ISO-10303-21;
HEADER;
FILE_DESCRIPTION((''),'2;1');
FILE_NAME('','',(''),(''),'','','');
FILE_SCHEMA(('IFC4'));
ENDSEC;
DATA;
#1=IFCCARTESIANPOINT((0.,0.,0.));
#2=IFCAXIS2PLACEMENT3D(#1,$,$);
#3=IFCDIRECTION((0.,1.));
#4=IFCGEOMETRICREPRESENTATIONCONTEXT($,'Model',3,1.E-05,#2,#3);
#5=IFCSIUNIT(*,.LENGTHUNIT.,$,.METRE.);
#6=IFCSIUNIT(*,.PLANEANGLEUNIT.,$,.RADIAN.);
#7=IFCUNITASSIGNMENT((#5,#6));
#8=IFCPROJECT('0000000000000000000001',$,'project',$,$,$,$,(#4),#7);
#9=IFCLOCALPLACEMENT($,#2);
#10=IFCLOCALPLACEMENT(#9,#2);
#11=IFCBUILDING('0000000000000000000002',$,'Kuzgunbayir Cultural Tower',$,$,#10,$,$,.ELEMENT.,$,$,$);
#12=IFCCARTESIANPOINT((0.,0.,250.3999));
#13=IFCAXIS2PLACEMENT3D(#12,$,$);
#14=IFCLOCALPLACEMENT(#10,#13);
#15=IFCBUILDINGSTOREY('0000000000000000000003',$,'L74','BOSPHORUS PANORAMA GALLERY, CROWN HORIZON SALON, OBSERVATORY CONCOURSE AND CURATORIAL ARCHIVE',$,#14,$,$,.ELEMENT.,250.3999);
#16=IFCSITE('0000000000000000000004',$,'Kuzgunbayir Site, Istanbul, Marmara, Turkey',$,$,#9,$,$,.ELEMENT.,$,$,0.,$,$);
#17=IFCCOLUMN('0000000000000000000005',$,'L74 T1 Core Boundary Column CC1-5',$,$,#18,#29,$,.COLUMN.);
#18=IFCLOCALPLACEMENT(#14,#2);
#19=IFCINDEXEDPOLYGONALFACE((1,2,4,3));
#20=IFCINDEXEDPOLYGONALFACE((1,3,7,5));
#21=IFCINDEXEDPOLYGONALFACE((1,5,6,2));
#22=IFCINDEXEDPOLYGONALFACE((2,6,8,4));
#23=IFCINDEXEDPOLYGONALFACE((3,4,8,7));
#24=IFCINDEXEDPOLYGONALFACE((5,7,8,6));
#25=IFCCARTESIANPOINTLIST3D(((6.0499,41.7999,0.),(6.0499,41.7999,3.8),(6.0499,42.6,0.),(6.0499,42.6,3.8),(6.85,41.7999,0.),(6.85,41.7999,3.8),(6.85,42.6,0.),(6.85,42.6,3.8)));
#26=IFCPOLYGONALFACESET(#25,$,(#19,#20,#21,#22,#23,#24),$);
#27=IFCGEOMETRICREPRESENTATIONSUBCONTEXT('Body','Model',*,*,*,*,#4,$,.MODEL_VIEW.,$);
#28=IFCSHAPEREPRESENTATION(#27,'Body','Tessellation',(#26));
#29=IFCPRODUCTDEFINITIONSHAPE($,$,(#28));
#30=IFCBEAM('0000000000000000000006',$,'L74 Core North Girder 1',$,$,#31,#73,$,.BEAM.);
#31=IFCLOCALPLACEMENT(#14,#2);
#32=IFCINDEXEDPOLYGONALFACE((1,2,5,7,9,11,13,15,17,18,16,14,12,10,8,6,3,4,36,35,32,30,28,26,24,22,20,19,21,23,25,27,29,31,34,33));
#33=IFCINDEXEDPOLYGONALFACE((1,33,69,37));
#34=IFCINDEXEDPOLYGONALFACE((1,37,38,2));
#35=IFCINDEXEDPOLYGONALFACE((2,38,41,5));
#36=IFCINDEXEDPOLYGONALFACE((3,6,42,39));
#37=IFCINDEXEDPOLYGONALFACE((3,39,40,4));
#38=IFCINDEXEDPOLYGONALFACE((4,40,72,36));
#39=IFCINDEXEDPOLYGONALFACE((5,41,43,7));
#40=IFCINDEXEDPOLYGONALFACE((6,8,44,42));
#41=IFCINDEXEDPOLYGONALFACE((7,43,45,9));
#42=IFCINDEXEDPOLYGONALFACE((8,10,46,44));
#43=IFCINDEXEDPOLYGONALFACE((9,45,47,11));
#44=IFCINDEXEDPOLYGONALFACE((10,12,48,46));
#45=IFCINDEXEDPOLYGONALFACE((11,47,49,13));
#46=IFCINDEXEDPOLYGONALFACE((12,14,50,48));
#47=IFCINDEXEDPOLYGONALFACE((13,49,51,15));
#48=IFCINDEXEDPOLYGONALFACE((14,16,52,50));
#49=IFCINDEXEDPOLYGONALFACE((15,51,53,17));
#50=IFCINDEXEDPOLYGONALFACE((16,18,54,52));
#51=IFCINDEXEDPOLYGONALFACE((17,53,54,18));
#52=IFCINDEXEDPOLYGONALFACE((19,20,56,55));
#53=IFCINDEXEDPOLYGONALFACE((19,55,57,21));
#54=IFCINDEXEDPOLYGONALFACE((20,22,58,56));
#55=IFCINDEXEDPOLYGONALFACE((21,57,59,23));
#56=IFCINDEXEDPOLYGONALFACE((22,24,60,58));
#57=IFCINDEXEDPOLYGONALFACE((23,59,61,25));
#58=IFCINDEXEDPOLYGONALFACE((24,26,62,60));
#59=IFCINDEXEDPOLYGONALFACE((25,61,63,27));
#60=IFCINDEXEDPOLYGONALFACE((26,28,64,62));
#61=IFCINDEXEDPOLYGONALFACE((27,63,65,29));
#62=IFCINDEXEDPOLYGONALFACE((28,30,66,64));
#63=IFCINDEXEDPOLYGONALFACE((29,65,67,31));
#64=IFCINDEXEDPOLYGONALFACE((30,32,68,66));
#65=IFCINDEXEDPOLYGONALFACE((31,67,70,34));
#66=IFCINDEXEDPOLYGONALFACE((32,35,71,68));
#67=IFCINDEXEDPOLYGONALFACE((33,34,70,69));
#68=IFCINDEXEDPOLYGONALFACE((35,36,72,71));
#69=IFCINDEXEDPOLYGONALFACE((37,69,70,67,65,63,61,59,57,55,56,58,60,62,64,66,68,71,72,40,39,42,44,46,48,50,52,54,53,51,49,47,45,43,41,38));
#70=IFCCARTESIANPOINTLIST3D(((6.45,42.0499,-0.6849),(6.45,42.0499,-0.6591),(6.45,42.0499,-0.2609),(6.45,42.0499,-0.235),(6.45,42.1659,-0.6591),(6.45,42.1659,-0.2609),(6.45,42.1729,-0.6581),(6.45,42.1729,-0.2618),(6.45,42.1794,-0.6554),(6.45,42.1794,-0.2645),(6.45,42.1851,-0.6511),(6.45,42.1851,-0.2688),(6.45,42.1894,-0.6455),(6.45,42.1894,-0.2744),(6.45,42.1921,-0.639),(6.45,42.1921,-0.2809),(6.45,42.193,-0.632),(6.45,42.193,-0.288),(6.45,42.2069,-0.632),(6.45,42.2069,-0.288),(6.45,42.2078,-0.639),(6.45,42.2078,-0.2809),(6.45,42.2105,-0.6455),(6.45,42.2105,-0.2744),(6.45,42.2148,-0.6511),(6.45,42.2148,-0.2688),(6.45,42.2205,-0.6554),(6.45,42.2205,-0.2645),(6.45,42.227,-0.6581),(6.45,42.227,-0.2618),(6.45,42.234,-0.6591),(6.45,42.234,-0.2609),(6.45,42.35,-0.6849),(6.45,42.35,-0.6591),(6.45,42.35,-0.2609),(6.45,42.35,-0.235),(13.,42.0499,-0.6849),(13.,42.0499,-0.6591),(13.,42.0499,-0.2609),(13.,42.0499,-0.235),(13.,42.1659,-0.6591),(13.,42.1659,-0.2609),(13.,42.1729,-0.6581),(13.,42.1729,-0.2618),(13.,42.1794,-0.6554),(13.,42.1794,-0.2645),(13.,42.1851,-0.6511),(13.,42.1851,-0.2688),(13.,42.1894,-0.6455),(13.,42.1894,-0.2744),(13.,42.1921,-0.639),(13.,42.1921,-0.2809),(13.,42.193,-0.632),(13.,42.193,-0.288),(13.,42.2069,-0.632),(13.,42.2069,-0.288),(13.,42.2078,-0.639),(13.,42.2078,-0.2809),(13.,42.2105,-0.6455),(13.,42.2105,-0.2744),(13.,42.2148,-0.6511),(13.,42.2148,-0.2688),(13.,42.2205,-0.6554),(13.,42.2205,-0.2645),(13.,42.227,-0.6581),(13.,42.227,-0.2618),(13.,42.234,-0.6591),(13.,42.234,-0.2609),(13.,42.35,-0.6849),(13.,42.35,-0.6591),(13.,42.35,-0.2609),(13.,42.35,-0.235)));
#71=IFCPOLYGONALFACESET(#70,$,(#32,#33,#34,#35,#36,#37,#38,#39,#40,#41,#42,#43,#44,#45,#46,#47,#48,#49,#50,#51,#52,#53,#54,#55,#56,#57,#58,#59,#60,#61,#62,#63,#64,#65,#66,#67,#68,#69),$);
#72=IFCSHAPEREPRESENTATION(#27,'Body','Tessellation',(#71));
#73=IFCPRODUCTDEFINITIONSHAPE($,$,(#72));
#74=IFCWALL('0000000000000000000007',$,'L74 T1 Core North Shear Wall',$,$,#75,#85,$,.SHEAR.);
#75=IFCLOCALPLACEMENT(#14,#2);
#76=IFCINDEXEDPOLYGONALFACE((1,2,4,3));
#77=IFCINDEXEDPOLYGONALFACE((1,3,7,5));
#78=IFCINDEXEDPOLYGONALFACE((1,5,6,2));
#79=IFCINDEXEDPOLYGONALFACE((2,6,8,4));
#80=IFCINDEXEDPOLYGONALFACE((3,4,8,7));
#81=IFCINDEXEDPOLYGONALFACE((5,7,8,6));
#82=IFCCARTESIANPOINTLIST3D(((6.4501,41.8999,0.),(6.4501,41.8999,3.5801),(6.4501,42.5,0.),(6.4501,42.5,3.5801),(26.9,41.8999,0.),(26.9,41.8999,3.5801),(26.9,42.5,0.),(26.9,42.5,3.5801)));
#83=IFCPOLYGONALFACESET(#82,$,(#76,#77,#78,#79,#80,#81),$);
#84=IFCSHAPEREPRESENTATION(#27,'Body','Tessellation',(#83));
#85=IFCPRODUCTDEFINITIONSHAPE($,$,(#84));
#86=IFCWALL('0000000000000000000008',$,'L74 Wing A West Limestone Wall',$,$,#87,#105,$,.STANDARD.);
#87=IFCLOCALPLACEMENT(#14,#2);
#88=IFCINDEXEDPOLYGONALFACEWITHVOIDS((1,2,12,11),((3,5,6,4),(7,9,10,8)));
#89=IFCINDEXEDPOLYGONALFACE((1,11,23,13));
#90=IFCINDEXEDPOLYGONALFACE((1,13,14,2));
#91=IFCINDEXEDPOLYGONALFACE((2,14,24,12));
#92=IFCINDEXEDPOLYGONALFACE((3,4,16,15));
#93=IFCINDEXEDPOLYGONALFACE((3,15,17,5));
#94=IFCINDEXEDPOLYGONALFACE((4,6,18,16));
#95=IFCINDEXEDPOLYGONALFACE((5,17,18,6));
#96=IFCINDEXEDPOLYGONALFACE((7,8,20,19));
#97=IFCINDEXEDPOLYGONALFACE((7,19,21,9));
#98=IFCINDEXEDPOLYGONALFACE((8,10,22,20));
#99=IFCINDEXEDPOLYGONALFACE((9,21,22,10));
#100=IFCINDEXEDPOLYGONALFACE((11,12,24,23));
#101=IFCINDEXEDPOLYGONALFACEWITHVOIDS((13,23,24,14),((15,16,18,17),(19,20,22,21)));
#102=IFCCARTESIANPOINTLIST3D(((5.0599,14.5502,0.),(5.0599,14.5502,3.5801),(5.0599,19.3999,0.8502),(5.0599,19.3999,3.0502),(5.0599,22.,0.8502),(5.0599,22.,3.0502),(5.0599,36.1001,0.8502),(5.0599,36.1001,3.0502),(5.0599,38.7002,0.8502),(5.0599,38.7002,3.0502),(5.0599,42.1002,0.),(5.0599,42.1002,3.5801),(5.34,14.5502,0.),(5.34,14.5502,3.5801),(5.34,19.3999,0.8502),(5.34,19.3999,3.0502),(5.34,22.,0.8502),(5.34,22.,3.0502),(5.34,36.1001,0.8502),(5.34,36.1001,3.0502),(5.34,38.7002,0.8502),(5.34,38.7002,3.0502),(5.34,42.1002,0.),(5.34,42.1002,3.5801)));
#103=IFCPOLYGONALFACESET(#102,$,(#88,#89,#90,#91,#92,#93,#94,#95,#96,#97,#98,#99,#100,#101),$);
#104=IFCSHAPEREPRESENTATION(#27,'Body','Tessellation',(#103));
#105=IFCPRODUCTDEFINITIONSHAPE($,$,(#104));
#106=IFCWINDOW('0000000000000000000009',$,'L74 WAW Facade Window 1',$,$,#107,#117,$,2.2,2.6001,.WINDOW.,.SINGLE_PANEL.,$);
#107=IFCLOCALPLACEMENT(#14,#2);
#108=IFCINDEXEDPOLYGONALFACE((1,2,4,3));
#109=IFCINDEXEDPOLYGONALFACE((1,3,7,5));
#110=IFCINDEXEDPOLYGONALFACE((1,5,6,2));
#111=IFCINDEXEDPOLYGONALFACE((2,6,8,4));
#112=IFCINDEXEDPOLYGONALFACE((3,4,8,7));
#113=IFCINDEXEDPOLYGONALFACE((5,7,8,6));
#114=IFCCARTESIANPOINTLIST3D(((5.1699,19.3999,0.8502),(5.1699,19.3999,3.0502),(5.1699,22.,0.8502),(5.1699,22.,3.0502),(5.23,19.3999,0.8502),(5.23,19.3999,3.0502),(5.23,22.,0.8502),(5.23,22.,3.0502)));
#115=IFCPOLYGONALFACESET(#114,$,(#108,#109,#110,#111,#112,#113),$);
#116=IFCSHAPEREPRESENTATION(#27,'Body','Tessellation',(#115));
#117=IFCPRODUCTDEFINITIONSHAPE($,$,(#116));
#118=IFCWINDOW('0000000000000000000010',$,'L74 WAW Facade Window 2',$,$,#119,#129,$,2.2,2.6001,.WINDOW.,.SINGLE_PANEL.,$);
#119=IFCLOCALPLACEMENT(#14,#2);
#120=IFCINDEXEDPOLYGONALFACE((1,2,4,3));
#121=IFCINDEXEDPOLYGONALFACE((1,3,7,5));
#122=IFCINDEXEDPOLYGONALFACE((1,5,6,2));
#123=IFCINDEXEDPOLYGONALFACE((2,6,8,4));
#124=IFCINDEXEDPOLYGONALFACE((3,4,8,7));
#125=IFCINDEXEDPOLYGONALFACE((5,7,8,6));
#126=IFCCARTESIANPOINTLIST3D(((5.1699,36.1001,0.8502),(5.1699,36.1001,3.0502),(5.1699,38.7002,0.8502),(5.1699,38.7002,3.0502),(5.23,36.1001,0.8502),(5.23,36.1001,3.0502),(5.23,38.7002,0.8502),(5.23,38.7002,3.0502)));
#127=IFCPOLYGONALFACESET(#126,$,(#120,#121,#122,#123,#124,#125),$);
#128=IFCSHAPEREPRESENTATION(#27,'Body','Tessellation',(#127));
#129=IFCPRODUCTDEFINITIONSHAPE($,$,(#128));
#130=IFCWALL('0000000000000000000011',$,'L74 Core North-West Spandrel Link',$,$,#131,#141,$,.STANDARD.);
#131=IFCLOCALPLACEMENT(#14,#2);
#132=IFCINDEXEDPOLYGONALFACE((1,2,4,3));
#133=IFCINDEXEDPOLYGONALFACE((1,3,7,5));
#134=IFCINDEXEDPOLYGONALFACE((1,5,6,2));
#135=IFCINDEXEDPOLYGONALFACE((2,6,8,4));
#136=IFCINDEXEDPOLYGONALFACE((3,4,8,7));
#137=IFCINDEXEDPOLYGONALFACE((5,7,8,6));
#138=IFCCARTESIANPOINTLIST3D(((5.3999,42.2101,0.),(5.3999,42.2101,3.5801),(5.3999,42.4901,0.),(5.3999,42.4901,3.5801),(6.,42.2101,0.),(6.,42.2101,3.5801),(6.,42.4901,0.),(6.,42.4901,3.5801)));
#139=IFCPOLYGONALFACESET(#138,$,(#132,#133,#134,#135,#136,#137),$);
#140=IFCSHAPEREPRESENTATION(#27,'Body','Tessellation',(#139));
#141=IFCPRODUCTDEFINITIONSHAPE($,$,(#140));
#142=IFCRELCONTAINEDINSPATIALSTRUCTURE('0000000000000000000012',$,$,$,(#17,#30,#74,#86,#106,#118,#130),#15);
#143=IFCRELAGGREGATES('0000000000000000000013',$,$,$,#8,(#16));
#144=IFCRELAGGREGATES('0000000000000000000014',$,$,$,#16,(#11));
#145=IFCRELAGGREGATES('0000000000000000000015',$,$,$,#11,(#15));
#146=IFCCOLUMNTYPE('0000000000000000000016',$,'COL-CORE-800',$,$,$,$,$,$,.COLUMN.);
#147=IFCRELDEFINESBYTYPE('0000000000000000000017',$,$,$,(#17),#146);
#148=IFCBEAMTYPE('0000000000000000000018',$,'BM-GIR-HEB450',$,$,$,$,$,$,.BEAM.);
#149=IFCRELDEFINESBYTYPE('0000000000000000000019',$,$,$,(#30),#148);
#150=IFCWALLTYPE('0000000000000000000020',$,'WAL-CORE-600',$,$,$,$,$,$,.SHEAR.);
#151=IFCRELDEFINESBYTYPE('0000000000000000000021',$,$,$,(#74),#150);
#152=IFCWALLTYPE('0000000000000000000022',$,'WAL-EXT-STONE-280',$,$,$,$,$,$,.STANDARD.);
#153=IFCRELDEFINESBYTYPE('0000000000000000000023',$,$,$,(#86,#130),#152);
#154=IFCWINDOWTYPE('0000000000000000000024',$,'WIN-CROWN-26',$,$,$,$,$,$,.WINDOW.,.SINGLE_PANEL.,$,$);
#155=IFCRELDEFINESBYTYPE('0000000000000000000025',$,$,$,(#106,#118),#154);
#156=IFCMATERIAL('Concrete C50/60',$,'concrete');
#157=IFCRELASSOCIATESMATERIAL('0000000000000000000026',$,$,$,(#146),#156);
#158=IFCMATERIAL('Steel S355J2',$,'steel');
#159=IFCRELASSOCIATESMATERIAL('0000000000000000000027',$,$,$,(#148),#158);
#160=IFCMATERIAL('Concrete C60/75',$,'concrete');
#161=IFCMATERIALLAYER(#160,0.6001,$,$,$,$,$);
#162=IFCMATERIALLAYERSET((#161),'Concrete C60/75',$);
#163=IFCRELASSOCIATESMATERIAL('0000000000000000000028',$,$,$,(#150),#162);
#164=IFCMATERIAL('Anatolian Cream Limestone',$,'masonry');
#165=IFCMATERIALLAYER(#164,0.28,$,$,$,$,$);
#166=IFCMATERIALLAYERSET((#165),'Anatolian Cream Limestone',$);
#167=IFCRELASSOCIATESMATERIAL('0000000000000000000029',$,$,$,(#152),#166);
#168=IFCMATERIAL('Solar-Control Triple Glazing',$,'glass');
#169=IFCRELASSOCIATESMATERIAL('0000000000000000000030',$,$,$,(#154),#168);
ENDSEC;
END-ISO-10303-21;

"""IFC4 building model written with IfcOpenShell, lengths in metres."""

from ifc_helpers import new_model, si_unit, direction, frame, frame_2d, origin, origin_2d, place, context, subcontext, project, spatial, rectangle, i_section, extrude, material, layer, layer_set, material_profile, profile_set, type_object, element, fill, save


model = new_model("IFC4")

# Units and contexts
model_context = context("Model", 3, precision=1e-05, world=origin(), true_north=direction((0.0, 1.0)))
body_context = subcontext(model_context, "Body", "Model", "MODEL_VIEW")
ifc_project = project(units=[si_unit("LENGTHUNIT", "METRE"), si_unit("PLANEANGLEUNIT", "RADIAN")], contexts=[model_context])

# Site, building, storey
site_placement = place(None, origin())
site = spatial("IfcSite", under=ifc_project, at=site_placement, Name="Kuzgunbayir Site, Istanbul, Marmara, Turkey", CompositionType="ELEMENT", RefElevation=0.0)
building_placement = place(site_placement, origin())
building = spatial("IfcBuilding", under=site, at=building_placement, Name="Kuzgunbayir Cultural Tower", CompositionType="ELEMENT")
storey_placement = place(building_placement, frame((0.0, 0.0, 250.3999)))
storey = spatial("IfcBuildingStorey", under=building, at=storey_placement, Name="L74", Description="BOSPHORUS PANORAMA GALLERY, CROWN HORIZON SALON, OBSERVATORY CONCOURSE AND CURATORIAL ARCHIVE", CompositionType="ELEMENT", Elevation=250.3999)

# Column
ifc_material_1 = material(Name="Concrete C50/60", Category="concrete")
ifc_material_profile_1 = material_profile(ifc_material_1, rectangle(XDim=0.8, YDim=0.8, at=origin_2d()), Name="RC 800x800")
ifc_profile_set_1 = profile_set([ifc_material_profile_1], Name="Concrete C50/60")
column_type = type_object("IfcColumnType", Name="COL-CORE-800", PredefinedType="COLUMN", material=ifc_profile_set_1)
column_placement = place(storey_placement, frame((6.45, 42.2, 0.0), z_axis=(0.0, 0.0, 1.0), x_axis=(1.0, 0.0, 0.0)))
element("IfcColumn", 1, at=column_placement, inside=storey, type_object=column_type, Name="L74 T1 Core Boundary Column CC1-5", PredefinedType="COLUMN", context=body_context, shape_type="SweptSolid", body=[
    extrude(rectangle(XDim=0.8, YDim=0.8, at=origin_2d()), origin(), (0.0, 0.0, 1.0), 3.8),
])

# Beam
ifc_material_2 = material(Name="Steel S355J2", Category="steel")
ifc_material_profile_2 = material_profile(ifc_material_2, i_section(OverallWidth=0.3, OverallDepth=0.45, WebThickness=0.0139, FlangeThickness=0.0259, FilletRadius=0.0271, at=origin_2d()), Name="HEB 450")
ifc_profile_set_2 = profile_set([ifc_material_profile_2], Name="Steel S355J2")
beam_type = type_object("IfcBeamType", Name="BM-GIR-HEB450", PredefinedType="BEAM", material=ifc_profile_set_2)
beam_placement = place(storey_placement, frame((6.45, 42.2, -0.46), z_axis=(1.0, 0.0, 0.0), x_axis=(0.0, 1.0, 0.0)))
element("IfcBeam", 2, at=beam_placement, inside=storey, type_object=beam_type, Name="L74 Core North Girder 1", PredefinedType="BEAM", context=body_context, shape_type="SweptSolid", body=[
    extrude(i_section(OverallWidth=0.3, OverallDepth=0.45, WebThickness=0.0139, FlangeThickness=0.0259, FilletRadius=0.0271, at=origin_2d()), origin(), (0.0, 0.0, 1.0), 6.55),
])

# Wall
ifc_material_3 = material(Name="Concrete C60/75", Category="concrete")
ifc_layer_1 = layer(ifc_material_3, 0.6001)
ifc_layer_set_1 = layer_set([ifc_layer_1], Name="Concrete C60/75")
wall_type_1 = type_object("IfcWallType", Name="WAL-CORE-600", PredefinedType="SHEAR", material=ifc_layer_set_1)
wall_1_placement = place(storey_placement, frame((6.45, 42.2, 0.0), z_axis=(0.0, 0.0, 1.0), x_axis=(1.0, 0.0, 0.0)))
element("IfcWall", 3, at=wall_1_placement, inside=storey, type_object=wall_type_1, Name="L74 T1 Core North Shear Wall", PredefinedType="SHEAR", context=body_context, shape_type="SweptSolid", body=[
    extrude(rectangle(XDim=20.45, YDim=0.6001, at=frame_2d((10.2251, 0.0))), origin(), (0.0, 0.0, 1.0), 3.5801),
])

# Wall, openings, windows
ifc_material_4 = material(Name="Anatolian Cream Limestone", Category="masonry")
ifc_layer_2 = layer(ifc_material_4, 0.28)
ifc_layer_set_2 = layer_set([ifc_layer_2], Name="Anatolian Cream Limestone")
wall_type_2 = type_object("IfcWallType", Name="WAL-EXT-STONE-280", PredefinedType="STANDARD", material=ifc_layer_set_2)
wall_2_placement = place(storey_placement, frame((5.2, 42.1001, 0.0), z_axis=(0.0, 0.0, 1.0), x_axis=(0.0, -1.0, 0.0)))
wall_2 = element("IfcWall", 4, at=wall_2_placement, inside=storey, type_object=wall_type_2, Name="L74 Wing A West Limestone Wall", PredefinedType="STANDARD", context=body_context, shape_type="SweptSolid", body=[
    extrude(rectangle(XDim=27.55, YDim=0.28, at=frame_2d((13.7749, 0.0))), origin(), (0.0, 0.0, 1.0), 3.5801),
])
opening_1_placement = place(wall_2_placement, frame((20.1001, 0.0, 0.8501)))
opening_1 = element("IfcOpeningElement", 5, at=opening_1_placement, cuts=wall_2, PredefinedType="OPENING", context=body_context, shape_type="SweptSolid", body=[
    extrude(rectangle(XDim=2.6001, YDim=2.2, at=frame_2d((1.3, 1.1001))), frame((0.0, 0.1499, 0.0), z_axis=(0.0, -1.0, 0.0), x_axis=(1.0, 0.0, 0.0)), (0.0, 0.0, 1.0), 0.3),
])
opening_2_placement = place(wall_2_placement, frame((3.3999, 0.0, 0.8501)))
opening_2 = element("IfcOpeningElement", 6, at=opening_2_placement, cuts=wall_2, PredefinedType="OPENING", context=body_context, shape_type="SweptSolid", body=[
    extrude(rectangle(XDim=2.6001, YDim=2.2, at=frame_2d((1.3, 1.1001))), frame((0.0, 0.1499, 0.0), z_axis=(0.0, -1.0, 0.0), x_axis=(1.0, 0.0, 0.0)), (0.0, 0.0, 1.0), 0.3),
])
ifc_material_5 = material(Name="Solar-Control Triple Glazing", Category="glass")
window_type = type_object("IfcWindowType", Name="WIN-CROWN-26", PartitioningType="SINGLE_PANEL", PredefinedType="WINDOW", material=ifc_material_5)
window_1_placement = place(opening_1_placement, origin())
window_1 = element("IfcWindow", 7, at=window_1_placement, inside=storey, type_object=window_type, Name="L74 WAW Facade Window 1", OverallHeight=2.2, OverallWidth=2.6001, PartitioningType="SINGLE_PANEL", PredefinedType="WINDOW", context=body_context, shape_type="SweptSolid", body=[
    extrude(rectangle(XDim=2.6001, YDim=2.2, at=frame_2d((1.3, 1.1001))), frame((0.0, 0.03, 0.0), z_axis=(0.0, -1.0, 0.0), x_axis=(1.0, 0.0, 0.0)), (0.0, 0.0, 1.0), 0.0601),
])
fill(opening_1, window_1)
window_2_placement = place(opening_2_placement, origin())
window_2 = element("IfcWindow", 8, at=window_2_placement, inside=storey, type_object=window_type, Name="L74 WAW Facade Window 2", OverallHeight=2.2, OverallWidth=2.6001, PartitioningType="SINGLE_PANEL", PredefinedType="WINDOW", context=body_context, shape_type="SweptSolid", body=[
    extrude(rectangle(XDim=2.6001, YDim=2.2, at=frame_2d((1.3, 1.1001))), frame((0.0, 0.03, 0.0), z_axis=(0.0, -1.0, 0.0), x_axis=(1.0, 0.0, 0.0)), (0.0, 0.0, 1.0), 0.0601),
])
fill(opening_2, window_2)

# Wall
wall_3_placement = place(storey_placement, frame((6.0, 42.3501, 0.0), z_axis=(0.0, 0.0, 1.0), x_axis=(-1.0, 0.0, 0.0)))
element("IfcWall", 9, at=wall_3_placement, inside=storey, type_object=wall_type_2, Name="L74 Core North-West Spandrel Link", PredefinedType="STANDARD", context=body_context, shape_type="SweptSolid", body=[
    extrude(rectangle(XDim=0.6001, YDim=0.28, at=frame_2d((0.3, 0.0))), origin(), (0.0, 0.0, 1.0), 3.5801),
])

save(model, "model.ifc")
